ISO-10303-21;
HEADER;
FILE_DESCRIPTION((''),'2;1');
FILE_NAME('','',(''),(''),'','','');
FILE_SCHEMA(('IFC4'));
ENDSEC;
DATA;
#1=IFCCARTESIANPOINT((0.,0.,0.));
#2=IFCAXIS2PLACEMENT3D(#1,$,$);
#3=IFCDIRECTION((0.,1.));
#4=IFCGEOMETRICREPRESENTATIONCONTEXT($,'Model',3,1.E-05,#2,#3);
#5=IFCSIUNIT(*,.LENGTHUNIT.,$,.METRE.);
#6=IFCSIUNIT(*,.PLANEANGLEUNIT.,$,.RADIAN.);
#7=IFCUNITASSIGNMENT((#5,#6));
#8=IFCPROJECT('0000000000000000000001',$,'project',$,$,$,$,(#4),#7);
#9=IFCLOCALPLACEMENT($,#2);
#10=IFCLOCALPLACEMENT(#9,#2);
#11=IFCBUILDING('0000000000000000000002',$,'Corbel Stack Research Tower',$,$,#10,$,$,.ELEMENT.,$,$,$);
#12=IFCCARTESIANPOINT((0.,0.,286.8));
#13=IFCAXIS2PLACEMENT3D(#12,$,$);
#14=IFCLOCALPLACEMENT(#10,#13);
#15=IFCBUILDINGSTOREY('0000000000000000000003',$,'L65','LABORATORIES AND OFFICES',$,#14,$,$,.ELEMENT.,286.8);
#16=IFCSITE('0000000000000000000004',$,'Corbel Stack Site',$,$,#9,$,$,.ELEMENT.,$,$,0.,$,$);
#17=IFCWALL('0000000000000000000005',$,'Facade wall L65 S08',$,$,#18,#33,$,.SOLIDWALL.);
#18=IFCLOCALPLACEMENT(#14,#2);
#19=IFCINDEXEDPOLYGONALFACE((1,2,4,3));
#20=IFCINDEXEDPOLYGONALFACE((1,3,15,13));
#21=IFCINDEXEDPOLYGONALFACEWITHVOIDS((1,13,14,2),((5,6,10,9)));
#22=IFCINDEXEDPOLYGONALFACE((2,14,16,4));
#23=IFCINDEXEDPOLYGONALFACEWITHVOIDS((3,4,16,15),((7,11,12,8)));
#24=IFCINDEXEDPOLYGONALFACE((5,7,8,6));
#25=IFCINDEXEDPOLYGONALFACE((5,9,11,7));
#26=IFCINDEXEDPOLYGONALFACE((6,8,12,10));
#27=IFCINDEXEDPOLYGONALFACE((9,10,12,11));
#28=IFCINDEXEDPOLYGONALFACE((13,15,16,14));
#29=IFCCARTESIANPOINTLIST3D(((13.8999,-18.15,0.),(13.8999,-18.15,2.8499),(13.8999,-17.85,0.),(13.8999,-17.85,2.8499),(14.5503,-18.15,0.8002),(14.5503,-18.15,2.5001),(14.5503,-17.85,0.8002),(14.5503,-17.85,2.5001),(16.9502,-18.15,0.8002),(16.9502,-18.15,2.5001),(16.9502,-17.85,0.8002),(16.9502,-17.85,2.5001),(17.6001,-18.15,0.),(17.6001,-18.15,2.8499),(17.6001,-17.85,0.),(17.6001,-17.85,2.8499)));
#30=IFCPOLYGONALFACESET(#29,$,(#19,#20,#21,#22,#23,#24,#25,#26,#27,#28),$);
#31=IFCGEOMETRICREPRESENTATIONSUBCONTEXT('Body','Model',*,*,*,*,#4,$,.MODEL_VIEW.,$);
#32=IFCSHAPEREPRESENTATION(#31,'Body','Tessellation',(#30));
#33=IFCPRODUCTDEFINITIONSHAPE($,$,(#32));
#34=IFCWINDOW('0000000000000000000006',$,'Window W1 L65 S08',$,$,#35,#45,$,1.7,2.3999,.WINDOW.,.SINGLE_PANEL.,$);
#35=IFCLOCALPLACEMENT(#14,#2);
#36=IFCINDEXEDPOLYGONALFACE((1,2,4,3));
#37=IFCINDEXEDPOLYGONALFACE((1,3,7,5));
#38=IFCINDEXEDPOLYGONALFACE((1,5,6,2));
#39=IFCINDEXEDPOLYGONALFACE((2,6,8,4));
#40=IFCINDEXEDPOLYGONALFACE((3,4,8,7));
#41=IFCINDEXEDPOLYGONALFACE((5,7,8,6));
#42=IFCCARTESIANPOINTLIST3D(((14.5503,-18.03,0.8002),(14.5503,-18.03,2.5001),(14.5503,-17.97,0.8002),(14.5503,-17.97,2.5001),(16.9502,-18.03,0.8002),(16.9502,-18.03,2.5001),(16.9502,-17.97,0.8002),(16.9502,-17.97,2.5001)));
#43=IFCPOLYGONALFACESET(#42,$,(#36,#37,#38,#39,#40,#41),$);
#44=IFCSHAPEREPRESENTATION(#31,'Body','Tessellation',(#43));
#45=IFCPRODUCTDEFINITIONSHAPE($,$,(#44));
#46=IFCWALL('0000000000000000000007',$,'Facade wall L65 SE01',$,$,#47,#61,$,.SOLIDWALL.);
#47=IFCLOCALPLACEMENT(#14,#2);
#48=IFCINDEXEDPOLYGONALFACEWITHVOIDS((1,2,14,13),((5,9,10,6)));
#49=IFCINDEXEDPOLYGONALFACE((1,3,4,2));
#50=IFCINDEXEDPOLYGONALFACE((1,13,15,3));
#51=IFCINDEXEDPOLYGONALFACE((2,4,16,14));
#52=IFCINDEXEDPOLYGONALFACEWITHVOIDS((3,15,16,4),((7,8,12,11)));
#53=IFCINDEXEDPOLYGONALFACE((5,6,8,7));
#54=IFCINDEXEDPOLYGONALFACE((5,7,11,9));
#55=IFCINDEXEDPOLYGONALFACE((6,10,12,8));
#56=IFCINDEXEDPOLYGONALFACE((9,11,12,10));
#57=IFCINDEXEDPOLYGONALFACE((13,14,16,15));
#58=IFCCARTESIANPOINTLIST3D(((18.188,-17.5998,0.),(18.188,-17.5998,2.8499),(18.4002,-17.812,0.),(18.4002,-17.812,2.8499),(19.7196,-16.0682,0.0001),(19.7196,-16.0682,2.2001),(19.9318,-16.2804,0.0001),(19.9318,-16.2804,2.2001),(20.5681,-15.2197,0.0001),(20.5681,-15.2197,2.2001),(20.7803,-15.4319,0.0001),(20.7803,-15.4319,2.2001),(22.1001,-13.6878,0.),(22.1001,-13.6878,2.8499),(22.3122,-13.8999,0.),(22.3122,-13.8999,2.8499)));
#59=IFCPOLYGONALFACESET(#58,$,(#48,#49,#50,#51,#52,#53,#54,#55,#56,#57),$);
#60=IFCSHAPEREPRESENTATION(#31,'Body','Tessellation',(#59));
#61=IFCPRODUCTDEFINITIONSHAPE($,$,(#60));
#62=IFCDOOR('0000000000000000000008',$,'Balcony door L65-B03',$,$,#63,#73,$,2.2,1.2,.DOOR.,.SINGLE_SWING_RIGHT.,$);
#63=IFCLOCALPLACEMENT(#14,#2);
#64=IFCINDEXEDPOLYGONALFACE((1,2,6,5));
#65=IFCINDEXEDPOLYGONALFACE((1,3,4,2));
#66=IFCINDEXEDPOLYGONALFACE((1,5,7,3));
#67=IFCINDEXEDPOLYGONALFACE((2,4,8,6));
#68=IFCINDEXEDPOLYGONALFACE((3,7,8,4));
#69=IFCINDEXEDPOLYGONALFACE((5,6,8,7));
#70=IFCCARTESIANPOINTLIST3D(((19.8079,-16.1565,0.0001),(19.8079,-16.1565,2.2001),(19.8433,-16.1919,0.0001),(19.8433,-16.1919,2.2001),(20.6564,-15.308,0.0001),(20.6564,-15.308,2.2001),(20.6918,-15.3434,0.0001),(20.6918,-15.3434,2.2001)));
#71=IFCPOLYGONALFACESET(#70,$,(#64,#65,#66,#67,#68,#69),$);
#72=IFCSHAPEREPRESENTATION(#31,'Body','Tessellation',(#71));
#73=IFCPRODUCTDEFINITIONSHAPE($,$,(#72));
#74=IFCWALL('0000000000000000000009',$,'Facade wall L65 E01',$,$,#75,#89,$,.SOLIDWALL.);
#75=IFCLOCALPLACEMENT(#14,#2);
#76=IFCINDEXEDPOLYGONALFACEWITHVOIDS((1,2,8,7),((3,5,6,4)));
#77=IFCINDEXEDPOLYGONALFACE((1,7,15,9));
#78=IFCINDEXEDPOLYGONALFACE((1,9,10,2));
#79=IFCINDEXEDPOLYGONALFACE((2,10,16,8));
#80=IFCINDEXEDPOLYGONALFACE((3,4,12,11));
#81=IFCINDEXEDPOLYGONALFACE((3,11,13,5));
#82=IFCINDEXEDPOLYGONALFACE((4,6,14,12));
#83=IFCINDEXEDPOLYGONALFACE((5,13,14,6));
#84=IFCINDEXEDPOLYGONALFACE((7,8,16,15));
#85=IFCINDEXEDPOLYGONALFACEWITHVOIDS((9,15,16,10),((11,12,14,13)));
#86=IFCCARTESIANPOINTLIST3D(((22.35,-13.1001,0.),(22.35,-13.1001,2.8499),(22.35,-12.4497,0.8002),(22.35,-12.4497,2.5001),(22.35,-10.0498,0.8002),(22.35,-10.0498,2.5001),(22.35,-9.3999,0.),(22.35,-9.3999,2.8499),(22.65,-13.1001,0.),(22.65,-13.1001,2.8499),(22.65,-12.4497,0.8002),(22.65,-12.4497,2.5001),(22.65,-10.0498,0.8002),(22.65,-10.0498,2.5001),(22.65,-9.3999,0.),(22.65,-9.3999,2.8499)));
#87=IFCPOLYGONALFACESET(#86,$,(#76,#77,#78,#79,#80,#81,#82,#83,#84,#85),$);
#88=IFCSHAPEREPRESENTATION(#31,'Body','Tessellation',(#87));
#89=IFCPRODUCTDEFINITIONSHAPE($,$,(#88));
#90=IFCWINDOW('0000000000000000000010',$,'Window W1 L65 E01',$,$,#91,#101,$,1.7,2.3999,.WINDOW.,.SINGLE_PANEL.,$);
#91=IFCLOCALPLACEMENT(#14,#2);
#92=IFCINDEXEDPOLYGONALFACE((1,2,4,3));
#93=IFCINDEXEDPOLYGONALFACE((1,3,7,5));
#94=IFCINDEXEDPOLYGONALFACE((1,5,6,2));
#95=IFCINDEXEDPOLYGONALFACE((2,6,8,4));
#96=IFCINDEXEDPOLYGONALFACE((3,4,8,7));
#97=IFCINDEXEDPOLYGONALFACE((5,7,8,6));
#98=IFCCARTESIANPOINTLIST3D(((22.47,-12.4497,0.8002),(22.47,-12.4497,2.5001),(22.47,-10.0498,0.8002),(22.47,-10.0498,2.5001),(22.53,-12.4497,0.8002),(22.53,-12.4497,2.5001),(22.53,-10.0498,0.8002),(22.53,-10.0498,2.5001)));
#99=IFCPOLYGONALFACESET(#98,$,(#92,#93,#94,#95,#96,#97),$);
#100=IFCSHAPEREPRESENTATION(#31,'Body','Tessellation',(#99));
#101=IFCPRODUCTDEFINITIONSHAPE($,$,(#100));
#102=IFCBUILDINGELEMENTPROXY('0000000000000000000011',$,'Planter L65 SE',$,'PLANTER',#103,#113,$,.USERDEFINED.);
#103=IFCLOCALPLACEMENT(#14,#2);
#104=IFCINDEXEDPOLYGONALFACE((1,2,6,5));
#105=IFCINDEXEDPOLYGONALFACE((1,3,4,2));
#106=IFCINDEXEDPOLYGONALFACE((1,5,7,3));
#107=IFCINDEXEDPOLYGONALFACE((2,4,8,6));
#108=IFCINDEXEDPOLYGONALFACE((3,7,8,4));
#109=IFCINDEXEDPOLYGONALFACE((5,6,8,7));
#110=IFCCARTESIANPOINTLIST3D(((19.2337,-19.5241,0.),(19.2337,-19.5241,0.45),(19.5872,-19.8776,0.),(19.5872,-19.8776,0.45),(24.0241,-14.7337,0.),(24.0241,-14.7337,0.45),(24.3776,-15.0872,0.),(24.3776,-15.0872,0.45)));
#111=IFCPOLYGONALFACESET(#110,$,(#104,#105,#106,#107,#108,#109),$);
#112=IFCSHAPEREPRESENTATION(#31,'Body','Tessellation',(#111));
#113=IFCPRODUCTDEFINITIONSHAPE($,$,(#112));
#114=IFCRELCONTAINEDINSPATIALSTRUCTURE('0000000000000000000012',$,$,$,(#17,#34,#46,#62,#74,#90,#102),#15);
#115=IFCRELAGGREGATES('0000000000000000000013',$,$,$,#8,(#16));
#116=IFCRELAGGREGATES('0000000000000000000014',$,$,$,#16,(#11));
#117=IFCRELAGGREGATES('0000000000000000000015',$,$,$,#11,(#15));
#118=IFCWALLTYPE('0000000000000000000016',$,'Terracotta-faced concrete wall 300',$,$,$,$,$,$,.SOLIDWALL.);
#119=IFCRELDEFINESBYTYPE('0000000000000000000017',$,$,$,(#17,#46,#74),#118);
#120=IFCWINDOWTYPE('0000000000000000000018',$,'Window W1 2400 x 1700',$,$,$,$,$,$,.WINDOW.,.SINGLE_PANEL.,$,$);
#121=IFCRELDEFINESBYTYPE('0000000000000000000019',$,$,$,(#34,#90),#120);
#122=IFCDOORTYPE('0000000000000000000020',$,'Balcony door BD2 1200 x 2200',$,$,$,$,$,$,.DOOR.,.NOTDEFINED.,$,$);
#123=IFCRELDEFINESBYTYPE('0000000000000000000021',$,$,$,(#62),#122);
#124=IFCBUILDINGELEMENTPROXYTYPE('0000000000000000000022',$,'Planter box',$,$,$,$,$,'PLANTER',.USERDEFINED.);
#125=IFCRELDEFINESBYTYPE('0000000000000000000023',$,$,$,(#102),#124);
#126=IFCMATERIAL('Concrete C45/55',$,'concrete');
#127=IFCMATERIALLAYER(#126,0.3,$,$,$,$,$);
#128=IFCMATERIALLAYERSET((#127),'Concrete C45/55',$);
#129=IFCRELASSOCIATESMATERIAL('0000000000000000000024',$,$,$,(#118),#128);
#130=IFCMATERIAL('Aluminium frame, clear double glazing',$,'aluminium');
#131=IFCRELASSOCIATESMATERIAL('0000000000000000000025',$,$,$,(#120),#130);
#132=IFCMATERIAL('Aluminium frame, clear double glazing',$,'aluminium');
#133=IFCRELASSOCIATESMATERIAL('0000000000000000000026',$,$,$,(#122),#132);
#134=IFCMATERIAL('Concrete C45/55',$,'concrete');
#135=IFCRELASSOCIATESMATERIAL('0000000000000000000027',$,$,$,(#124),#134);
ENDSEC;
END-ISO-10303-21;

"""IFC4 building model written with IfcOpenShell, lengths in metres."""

from ifc_helpers import new_model, si_unit, direction, frame, frame_2d, origin, origin_2d, place, context, subcontext, project, spatial, rectangle, extrude, material, layer, layer_set, type_object, element, fill, save


model = new_model("IFC4")

# Units and contexts
model_context = context("Model", 3, precision=1e-05, world=origin(), true_north=direction((0.0, 1.0)))
body_context = subcontext(model_context, "Body", "Model", "MODEL_VIEW")
ifc_project = project(units=[si_unit("LENGTHUNIT", "METRE"), si_unit("PLANEANGLEUNIT", "RADIAN")], contexts=[model_context])

# Site, building, storey
site_placement = place(None, origin())
site = spatial("IfcSite", under=ifc_project, at=site_placement, Name="Corbel Stack Site", CompositionType="ELEMENT", RefElevation=0.0)
building_placement = place(site_placement, origin())
building = spatial("IfcBuilding", under=site, at=building_placement, Name="Corbel Stack Research Tower", CompositionType="ELEMENT")
storey_placement = place(building_placement, frame((0.0, 0.0, 286.8)))
storey = spatial("IfcBuildingStorey", under=building, at=storey_placement, Name="L65", Description="LABORATORIES AND OFFICES", CompositionType="ELEMENT", Elevation=286.8)

# Shared definitions
ifc_material_1 = material(Name="Concrete C45/55", Category="concrete")
ifc_layer_1 = layer(ifc_material_1, 0.3)
ifc_layer_set_1 = layer_set([ifc_layer_1], Name="Concrete C45/55")
wall_type_1 = type_object("IfcWallType", Name="Terracotta-faced concrete wall 300", PredefinedType="SOLIDWALL", material=ifc_layer_set_1)

# Wall, opening, window
wall_1_placement = place(storey_placement, frame((17.6001, -18.0, 0.0), z_axis=(0.0, 0.0, 1.0), x_axis=(-1.0, 0.0, 0.0)))
wall_1 = element("IfcWall", 1, at=wall_1_placement, inside=storey, type_object=wall_type_1, Name="Facade wall L65 S08", PredefinedType="SOLIDWALL", context=body_context, shape_type="SweptSolid", body=[
    extrude(rectangle(XDim=3.7002, YDim=0.3, at=frame_2d((1.8501, 0.0))), origin(), (0.0, 0.0, 1.0), 2.8499),
])
opening_1_placement = place(wall_1_placement, frame((0.6499, 0.0, 0.8)))
opening_1 = element("IfcOpeningElement", 2, at=opening_1_placement, cuts=wall_1, PredefinedType="OPENING", context=body_context, shape_type="SweptSolid", body=[
    extrude(rectangle(XDim=2.3999, YDim=1.7, at=frame_2d((1.2, 0.8501))), frame((0.0, 0.1599, 0.0), z_axis=(0.0, -1.0, 0.0), x_axis=(1.0, 0.0, 0.0)), (0.0, 0.0, 1.0), 0.3201),
])
ifc_material_2 = material(Name="Aluminium frame, clear double glazing", Category="aluminium")
window_type = type_object("IfcWindowType", Name="Window W1 2400 x 1700", PartitioningType="SINGLE_PANEL", PredefinedType="WINDOW", material=ifc_material_2)
window_1_placement = place(opening_1_placement, origin())
window_1 = element("IfcWindow", 3, at=window_1_placement, inside=storey, type_object=window_type, Name="Window W1 L65 S08", OverallHeight=1.7, OverallWidth=2.3999, PartitioningType="SINGLE_PANEL", PredefinedType="WINDOW", context=body_context, shape_type="SweptSolid", body=[
    extrude(rectangle(XDim=2.3999, YDim=1.7, at=frame_2d((1.2, 0.8501))), frame((0.0, 0.03, 0.0), z_axis=(0.0, -1.0, 0.0), x_axis=(1.0, 0.0, 0.0)), (0.0, 0.0, 1.0), 0.0601),
])
fill(opening_1, window_1)

# Wall, opening, door
wall_2_placement = place(storey_placement, frame((22.2061, -13.7939, 0.0), z_axis=(0.0, 0.0, 1.0), x_axis=(-0.707107, -0.707107, 0.0)))
wall_2 = element("IfcWall", 4, at=wall_2_placement, inside=storey, type_object=wall_type_1, Name="Facade wall L65 SE01", PredefinedType="SOLIDWALL", context=body_context, shape_type="SweptSolid", body=[
    extrude(rectangle(XDim=5.5325, YDim=0.3, at=frame_2d((2.7661, 0.0))), origin(), (0.0, 0.0, 1.0), 2.8499),
])
opening_2_placement = place(wall_2_placement, frame((2.1663, 0.0, 0.0)))
opening_2 = element("IfcOpeningElement", 5, at=opening_2_placement, cuts=wall_2, PredefinedType="OPENING", context=body_context, shape_type="SweptSolid", body=[
    extrude(rectangle(XDim=1.2, YDim=2.2, at=frame_2d((0.6001, 1.1001))), frame((0.0, 0.1599, 0.0), z_axis=(0.0, -1.0, 0.0), x_axis=(1.0, 0.0, 0.0)), (0.0, 0.0, 1.0), 0.3201),
])
ifc_material_3 = material(Name="Aluminium frame, clear double glazing", Category="aluminium")
door_type_1 = type_object("IfcDoorType", Name="Balcony door BD2 1200 x 2200", OperationType="NOTDEFINED", PredefinedType="DOOR", material=ifc_material_3)
door_1_placement = place(opening_2_placement, origin())
door_1 = element("IfcDoor", 6, at=door_1_placement, inside=storey, type_object=door_type_1, Name="Balcony door L65-B03", OperationType="SINGLE_SWING_RIGHT", OverallHeight=2.2, OverallWidth=1.2, PredefinedType="DOOR", context=body_context, shape_type="SweptSolid", body=[
    extrude(rectangle(XDim=1.2, YDim=2.2, at=frame_2d((0.6001, 1.1001))), frame((0.0, 0.0249, 0.0), z_axis=(0.0, -1.0, 0.0), x_axis=(1.0, 0.0, 0.0)), (0.0, 0.0, 1.0), 0.05),
])
fill(opening_2, door_1)

# Wall, opening, window
wall_3_placement = place(storey_placement, frame((22.5, -9.3999, 0.0), z_axis=(0.0, 0.0, 1.0), x_axis=(0.0, -1.0, 0.0)))
wall_3 = element("IfcWall", 7, at=wall_3_placement, inside=storey, type_object=wall_type_1, Name="Facade wall L65 E01", PredefinedType="SOLIDWALL", context=body_context, shape_type="SweptSolid", body=[
    extrude(rectangle(XDim=3.7002, YDim=0.3, at=frame_2d((1.8501, 0.0))), origin(), (0.0, 0.0, 1.0), 2.8499),
])
opening_3_placement = place(wall_3_placement, frame((0.6499, 0.0, 0.8)))
opening_3 = element("IfcOpeningElement", 8, at=opening_3_placement, cuts=wall_3, PredefinedType="OPENING", context=body_context, shape_type="SweptSolid", body=[
    extrude(rectangle(XDim=2.3999, YDim=1.7, at=frame_2d((1.2, 0.8501))), frame((0.0, 0.1599, 0.0), z_axis=(0.0, -1.0, 0.0), x_axis=(1.0, 0.0, 0.0)), (0.0, 0.0, 1.0), 0.3201),
])
window_2_placement = place(opening_3_placement, origin())
window_2 = element("IfcWindow", 9, at=window_2_placement, inside=storey, type_object=window_type, Name="Window W1 L65 E01", OverallHeight=1.7, OverallWidth=2.3999, PartitioningType="SINGLE_PANEL", PredefinedType="WINDOW", context=body_context, shape_type="SweptSolid", body=[
    extrude(rectangle(XDim=2.3999, YDim=1.7, at=frame_2d((1.2, 0.8501))), frame((0.0, 0.03, 0.0), z_axis=(0.0, -1.0, 0.0), x_axis=(1.0, 0.0, 0.0)), (0.0, 0.0, 1.0), 0.0601),
])
fill(opening_3, window_2)

# Building element proxy
ifc_material_4 = material(Name="Concrete C45/55", Category="concrete")
building_element_proxy_type = type_object("IfcBuildingElementProxyType", Name="Planter box", ElementType="PLANTER", PredefinedType="USERDEFINED", material=ifc_material_4)
proxy_placement = place(storey_placement, frame((21.8057, -17.3057, 0.0), z_axis=(0.0, 0.0, 1.0), x_axis=(0.707107, 0.707107, 0.0)))
element("IfcBuildingElementProxy", 10, at=proxy_placement, inside=storey, type_object=building_element_proxy_type, Name="Planter L65 SE", ObjectType="PLANTER", PredefinedType="USERDEFINED", context=body_context, shape_type="SweptSolid", body=[
    extrude(rectangle(XDim=6.7747, YDim=0.5, at=origin_2d()), origin(), (0.0, 0.0, 1.0), 0.45),
])

save(model, "model.ifc")
